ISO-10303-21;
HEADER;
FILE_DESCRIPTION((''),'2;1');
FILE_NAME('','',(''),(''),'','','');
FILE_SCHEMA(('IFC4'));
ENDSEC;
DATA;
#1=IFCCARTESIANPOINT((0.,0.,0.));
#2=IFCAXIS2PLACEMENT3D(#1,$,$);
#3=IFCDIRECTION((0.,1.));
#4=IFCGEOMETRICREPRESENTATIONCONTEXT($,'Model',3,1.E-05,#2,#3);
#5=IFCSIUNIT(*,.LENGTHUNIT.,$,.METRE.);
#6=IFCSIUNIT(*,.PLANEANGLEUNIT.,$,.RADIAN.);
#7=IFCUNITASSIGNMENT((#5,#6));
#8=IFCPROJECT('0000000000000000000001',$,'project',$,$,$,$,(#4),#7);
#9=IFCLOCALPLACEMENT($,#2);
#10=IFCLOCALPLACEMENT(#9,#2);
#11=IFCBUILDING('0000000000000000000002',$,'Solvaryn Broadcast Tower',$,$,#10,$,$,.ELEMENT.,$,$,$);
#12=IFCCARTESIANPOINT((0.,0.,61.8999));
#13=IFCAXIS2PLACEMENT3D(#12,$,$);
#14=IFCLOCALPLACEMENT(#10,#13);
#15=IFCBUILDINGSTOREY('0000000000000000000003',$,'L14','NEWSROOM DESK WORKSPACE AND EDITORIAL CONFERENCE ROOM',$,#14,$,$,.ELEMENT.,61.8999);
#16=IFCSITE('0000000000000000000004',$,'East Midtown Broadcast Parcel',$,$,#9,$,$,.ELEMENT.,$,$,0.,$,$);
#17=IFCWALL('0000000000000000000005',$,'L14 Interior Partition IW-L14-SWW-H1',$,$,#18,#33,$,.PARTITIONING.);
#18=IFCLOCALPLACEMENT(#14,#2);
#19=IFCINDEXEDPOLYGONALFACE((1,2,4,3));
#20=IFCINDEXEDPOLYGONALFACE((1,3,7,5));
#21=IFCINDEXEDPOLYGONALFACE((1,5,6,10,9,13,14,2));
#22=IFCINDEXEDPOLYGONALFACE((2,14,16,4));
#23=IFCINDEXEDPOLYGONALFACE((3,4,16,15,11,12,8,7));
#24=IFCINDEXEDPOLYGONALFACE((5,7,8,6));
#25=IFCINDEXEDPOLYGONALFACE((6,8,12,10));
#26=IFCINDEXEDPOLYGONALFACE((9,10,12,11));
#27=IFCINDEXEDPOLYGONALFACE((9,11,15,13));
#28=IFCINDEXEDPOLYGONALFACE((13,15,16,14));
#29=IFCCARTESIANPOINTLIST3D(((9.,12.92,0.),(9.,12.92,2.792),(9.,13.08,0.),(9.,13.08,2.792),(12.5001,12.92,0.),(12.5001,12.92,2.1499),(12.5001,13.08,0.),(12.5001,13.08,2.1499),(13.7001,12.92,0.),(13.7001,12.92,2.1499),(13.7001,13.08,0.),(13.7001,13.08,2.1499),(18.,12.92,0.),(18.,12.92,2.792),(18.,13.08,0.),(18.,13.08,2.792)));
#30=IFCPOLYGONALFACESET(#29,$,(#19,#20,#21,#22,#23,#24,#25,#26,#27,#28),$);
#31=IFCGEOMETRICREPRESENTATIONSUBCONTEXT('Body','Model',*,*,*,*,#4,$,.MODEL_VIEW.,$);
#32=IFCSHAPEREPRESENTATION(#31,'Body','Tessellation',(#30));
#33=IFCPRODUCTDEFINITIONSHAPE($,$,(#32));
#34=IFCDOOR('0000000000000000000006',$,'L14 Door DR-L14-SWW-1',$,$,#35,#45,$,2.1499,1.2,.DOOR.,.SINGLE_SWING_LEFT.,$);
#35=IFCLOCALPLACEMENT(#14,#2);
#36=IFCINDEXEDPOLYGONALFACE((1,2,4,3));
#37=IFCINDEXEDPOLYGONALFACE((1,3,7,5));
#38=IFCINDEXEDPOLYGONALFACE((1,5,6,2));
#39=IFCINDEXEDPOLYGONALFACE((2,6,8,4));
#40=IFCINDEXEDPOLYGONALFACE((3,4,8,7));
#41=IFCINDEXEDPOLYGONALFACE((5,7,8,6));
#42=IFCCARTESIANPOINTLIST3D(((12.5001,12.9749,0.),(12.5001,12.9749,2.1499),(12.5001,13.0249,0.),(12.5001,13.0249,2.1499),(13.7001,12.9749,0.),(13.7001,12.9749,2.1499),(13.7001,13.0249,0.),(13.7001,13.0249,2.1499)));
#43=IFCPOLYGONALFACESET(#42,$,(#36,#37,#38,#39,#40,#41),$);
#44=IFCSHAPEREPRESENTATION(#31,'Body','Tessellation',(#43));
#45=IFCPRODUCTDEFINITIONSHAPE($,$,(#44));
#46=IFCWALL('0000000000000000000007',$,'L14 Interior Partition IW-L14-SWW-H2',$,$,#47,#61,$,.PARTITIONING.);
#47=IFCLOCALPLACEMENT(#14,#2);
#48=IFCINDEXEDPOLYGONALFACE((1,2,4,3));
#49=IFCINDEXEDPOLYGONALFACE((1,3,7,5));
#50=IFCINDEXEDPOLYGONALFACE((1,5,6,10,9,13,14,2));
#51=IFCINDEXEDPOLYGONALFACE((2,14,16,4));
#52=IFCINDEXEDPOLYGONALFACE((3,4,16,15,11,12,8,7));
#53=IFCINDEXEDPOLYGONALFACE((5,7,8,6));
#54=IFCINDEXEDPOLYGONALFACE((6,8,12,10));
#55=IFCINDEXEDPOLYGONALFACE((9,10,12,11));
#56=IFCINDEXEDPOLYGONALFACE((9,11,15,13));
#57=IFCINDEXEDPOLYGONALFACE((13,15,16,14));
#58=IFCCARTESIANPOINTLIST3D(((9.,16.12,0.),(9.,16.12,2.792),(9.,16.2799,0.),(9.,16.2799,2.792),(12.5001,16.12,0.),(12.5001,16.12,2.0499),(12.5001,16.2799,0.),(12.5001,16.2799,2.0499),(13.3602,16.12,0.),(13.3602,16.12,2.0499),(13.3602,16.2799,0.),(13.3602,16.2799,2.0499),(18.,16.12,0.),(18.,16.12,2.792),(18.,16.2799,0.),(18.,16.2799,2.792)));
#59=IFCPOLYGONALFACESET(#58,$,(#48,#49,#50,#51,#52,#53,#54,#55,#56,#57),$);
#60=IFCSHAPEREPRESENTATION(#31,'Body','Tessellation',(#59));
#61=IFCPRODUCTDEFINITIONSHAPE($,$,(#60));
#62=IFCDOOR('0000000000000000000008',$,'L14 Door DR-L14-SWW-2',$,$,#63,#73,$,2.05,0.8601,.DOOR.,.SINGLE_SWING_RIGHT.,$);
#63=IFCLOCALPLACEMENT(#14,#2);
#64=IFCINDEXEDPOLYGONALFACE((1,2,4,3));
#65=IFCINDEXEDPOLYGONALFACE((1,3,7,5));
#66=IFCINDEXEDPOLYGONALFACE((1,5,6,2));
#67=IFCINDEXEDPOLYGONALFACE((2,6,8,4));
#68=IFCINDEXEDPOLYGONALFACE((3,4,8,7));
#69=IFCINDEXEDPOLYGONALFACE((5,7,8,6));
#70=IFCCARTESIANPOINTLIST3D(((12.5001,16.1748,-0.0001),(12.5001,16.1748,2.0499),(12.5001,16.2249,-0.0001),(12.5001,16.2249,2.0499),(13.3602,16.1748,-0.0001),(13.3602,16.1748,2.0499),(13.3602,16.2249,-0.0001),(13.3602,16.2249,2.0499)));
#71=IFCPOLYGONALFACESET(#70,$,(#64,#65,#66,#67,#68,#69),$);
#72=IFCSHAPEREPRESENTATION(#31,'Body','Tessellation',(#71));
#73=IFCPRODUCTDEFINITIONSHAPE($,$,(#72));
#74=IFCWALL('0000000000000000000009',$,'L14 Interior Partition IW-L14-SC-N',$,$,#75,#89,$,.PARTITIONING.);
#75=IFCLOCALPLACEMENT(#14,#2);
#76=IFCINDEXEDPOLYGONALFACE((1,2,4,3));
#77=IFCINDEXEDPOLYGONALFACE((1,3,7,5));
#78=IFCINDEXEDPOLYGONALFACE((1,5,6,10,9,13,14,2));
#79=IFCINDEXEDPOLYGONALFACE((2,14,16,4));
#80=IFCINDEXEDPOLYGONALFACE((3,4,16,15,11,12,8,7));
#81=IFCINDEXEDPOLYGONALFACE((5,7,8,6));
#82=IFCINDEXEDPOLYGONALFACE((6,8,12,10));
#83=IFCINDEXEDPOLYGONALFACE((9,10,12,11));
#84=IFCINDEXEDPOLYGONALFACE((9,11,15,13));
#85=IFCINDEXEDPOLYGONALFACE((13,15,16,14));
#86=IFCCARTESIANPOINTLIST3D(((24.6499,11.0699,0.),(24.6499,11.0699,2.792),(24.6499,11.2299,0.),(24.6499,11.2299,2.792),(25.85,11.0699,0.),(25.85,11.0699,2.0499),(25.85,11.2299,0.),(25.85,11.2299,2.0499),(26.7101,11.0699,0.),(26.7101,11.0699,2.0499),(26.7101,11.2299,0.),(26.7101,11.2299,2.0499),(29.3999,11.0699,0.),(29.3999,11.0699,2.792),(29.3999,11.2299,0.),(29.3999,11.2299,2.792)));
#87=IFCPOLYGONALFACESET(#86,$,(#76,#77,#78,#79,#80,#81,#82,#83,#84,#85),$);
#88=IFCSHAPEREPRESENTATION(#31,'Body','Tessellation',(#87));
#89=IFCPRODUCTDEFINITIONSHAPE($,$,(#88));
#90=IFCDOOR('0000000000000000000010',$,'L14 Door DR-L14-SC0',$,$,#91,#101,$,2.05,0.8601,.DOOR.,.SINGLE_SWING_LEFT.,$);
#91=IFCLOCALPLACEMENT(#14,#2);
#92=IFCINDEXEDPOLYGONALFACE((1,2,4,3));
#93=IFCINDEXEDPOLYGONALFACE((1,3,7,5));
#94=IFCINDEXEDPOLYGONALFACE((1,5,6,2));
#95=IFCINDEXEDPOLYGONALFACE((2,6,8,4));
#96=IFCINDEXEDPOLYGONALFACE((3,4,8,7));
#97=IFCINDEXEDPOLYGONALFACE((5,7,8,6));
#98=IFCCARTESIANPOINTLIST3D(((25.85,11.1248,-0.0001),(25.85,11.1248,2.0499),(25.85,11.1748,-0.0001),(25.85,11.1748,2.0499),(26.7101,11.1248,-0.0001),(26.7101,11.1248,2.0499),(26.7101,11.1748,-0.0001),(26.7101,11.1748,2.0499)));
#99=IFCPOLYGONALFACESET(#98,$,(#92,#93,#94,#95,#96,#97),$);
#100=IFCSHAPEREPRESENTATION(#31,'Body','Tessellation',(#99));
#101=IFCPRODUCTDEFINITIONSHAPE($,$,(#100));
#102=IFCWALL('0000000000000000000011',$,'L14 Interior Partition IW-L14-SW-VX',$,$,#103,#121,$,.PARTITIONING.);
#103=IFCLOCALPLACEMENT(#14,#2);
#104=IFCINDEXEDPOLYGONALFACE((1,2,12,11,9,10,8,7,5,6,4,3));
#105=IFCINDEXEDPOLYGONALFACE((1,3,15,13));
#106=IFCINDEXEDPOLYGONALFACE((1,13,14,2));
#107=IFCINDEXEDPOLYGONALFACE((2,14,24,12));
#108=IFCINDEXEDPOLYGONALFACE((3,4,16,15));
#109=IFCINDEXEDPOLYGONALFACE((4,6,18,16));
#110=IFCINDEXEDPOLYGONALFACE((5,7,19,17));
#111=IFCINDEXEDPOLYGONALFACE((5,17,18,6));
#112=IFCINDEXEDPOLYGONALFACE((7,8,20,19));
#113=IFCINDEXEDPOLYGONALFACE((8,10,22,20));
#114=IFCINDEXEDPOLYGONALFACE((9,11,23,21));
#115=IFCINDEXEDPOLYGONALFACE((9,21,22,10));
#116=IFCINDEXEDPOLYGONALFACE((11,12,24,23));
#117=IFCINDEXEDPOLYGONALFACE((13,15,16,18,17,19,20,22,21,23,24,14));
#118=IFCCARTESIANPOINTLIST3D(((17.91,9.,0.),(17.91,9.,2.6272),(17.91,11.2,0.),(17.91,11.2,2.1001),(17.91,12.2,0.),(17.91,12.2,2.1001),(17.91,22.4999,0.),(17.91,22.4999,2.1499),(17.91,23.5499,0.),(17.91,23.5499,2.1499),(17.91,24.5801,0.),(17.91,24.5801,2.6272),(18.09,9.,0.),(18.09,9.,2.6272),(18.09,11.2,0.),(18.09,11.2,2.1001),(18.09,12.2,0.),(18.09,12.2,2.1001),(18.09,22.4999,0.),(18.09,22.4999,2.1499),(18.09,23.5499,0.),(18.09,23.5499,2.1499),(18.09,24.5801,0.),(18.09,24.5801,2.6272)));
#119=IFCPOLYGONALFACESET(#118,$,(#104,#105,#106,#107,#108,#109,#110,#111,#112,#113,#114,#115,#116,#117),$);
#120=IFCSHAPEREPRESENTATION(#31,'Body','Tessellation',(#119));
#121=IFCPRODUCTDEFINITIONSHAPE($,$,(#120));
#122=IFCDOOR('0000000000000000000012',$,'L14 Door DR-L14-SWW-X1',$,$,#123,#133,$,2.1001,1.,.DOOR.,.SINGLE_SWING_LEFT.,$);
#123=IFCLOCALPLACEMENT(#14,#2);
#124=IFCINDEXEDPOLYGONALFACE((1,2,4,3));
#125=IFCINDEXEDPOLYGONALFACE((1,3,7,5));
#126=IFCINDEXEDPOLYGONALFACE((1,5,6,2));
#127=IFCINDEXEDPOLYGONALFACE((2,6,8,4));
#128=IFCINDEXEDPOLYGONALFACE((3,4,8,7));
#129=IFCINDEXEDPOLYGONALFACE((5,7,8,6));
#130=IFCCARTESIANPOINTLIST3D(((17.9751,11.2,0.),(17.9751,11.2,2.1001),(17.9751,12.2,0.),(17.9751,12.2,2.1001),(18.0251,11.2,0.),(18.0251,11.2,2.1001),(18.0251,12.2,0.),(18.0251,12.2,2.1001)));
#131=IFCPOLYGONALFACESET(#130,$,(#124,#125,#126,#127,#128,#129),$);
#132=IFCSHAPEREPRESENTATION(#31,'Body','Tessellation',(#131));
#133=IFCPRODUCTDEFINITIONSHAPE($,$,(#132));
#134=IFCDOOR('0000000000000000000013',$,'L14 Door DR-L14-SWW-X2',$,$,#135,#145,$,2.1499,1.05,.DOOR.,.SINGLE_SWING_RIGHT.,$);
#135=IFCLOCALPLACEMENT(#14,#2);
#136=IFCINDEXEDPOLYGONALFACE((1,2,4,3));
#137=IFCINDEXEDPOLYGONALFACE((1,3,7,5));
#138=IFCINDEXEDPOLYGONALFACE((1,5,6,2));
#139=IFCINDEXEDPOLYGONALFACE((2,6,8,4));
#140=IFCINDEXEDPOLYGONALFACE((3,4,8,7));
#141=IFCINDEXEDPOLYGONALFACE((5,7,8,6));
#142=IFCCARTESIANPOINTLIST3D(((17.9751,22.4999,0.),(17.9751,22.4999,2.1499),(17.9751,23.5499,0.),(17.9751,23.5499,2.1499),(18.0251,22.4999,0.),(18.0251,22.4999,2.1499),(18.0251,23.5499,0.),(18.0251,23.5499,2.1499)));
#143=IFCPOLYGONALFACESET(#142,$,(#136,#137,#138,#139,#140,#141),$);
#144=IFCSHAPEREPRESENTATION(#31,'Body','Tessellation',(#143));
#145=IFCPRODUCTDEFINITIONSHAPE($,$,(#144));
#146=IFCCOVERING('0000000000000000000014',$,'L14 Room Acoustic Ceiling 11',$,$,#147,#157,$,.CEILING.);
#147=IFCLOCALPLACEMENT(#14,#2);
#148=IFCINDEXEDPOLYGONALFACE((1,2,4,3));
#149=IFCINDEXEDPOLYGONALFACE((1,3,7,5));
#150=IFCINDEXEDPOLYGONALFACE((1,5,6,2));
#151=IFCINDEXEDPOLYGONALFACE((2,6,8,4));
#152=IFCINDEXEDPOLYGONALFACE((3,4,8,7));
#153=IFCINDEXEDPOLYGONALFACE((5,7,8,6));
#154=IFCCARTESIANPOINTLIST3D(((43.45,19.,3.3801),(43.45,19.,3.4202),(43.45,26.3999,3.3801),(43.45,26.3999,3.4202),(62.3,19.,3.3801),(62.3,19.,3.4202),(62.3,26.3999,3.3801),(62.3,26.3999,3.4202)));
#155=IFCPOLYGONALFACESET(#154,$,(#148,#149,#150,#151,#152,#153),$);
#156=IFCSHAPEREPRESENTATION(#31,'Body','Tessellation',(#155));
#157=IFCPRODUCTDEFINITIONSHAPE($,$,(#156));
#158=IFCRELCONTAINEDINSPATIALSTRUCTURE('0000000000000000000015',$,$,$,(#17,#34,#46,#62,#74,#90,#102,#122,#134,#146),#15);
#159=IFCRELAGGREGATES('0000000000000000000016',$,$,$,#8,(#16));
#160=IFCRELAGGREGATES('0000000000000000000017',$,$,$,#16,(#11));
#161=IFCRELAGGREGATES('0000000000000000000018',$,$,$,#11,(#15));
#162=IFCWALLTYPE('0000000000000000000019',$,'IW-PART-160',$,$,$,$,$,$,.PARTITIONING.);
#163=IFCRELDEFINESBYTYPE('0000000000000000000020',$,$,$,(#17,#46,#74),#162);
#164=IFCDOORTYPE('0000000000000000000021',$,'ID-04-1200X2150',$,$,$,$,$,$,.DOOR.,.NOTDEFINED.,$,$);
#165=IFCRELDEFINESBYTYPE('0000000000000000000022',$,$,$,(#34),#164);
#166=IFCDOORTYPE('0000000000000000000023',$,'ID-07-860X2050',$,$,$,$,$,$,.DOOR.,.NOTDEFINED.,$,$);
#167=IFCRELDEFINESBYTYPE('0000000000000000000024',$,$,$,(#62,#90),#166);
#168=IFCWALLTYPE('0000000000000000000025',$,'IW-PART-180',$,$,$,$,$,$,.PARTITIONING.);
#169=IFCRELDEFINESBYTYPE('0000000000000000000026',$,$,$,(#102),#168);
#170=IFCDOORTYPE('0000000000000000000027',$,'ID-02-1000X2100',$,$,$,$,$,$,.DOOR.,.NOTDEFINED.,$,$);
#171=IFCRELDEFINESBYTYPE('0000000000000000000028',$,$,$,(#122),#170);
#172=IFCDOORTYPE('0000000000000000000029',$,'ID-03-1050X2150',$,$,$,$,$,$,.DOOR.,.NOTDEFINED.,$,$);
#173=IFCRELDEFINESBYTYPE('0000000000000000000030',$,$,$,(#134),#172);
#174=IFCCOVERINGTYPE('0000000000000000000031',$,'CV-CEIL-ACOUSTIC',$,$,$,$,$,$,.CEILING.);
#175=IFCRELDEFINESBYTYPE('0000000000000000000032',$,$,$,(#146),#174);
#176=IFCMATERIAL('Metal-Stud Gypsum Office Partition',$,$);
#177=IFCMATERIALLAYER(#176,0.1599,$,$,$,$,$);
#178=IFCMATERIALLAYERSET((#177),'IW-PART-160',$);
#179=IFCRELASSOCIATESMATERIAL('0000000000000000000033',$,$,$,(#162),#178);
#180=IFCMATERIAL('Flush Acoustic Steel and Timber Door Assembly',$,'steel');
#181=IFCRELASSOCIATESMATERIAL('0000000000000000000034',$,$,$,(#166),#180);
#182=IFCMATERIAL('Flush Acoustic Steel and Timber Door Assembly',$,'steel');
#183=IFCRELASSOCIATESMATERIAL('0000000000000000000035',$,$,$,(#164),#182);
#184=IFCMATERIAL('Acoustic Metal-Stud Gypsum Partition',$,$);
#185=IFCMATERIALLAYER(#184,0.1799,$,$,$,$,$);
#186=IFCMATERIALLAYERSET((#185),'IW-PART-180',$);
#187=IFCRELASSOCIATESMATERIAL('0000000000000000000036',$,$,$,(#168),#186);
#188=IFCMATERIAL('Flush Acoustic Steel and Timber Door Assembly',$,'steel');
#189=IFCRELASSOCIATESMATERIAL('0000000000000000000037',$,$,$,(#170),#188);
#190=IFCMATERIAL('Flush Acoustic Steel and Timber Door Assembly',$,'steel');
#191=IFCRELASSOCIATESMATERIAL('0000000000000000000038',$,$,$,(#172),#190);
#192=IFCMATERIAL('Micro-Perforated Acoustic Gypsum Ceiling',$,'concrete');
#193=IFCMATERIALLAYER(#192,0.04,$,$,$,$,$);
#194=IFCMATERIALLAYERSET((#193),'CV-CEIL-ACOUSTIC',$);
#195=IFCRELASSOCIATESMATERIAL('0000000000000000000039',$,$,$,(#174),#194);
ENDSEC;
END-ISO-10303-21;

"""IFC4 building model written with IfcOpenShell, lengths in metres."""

from ifc_helpers import new_model, si_unit, direction, frame, frame_2d, origin, place, context, subcontext, project, spatial, polyline, rectangle, outline, extrude, material, layer, layer_set, type_object, element, fill, save


model = new_model("IFC4")

# Units and contexts
model_context = context("Model", 3, precision=1e-05, world=origin(), true_north=direction((0.0, 1.0)))
body_context = subcontext(model_context, "Body", "Model", "MODEL_VIEW")
ifc_project = project(units=[si_unit("LENGTHUNIT", "METRE"), si_unit("PLANEANGLEUNIT", "RADIAN")], contexts=[model_context])

# Site, building, storey
site_placement = place(None, origin())
site = spatial("IfcSite", under=ifc_project, at=site_placement, Name="East Midtown Broadcast Parcel", CompositionType="ELEMENT", RefElevation=0.0)
building_placement = place(site_placement, origin())
building = spatial("IfcBuilding", under=site, at=building_placement, Name="Solvaryn Broadcast Tower", CompositionType="ELEMENT")
storey_placement = place(building_placement, frame((0.0, 0.0, 61.8999)))
storey = spatial("IfcBuildingStorey", under=building, at=storey_placement, Name="L14", Description="NEWSROOM DESK WORKSPACE AND EDITORIAL CONFERENCE ROOM", CompositionType="ELEMENT", Elevation=61.8999)

# Shared definitions
ifc_material_1 = material(Name="Metal-Stud Gypsum Office Partition")
ifc_layer_1 = layer(ifc_material_1, 0.1599)
ifc_layer_set_1 = layer_set([ifc_layer_1], Name="IW-PART-160")
wall_type_1 = type_object("IfcWallType", Name="IW-PART-160", PredefinedType="PARTITIONING", material=ifc_layer_set_1)
ifc_material_2 = material(Name="Flush Acoustic Steel and Timber Door Assembly", Category="steel")
door_type_1 = type_object("IfcDoorType", Name="ID-07-860X2050", OperationType="NOTDEFINED", PredefinedType="DOOR", material=ifc_material_2)

# Walls, openings, doors
wall_1_placement = place(storey_placement, frame((9.0, 13.0, 0.0), z_axis=(0.0, 0.0, 1.0), x_axis=(1.0, 0.0, 0.0)))
wall_1 = element("IfcWall", 1, at=wall_1_placement, inside=storey, type_object=wall_type_1, Name="L14 Interior Partition IW-L14-SWW-H1", PredefinedType="PARTITIONING", context=body_context, shape_type="SweptSolid", body=[
    extrude(rectangle(XDim=9.0, YDim=0.1599, at=frame_2d((4.5, 0.0))), origin(), (0.0, 0.0, 1.0), 2.792),
])
opening_1_placement = place(wall_1_placement, frame((3.5, 0.0, 0.0)))
opening_1 = element("IfcOpeningElement", 2, at=opening_1_placement, cuts=wall_1, PredefinedType="OPENING", context=body_context, shape_type="SweptSolid", body=[
    extrude(rectangle(XDim=1.2, YDim=2.1499, at=frame_2d((0.6001, 1.075))), frame((0.0, 0.0901, 0.0), z_axis=(0.0, -1.0, 0.0), x_axis=(1.0, 0.0, 0.0)), (0.0, 0.0, 1.0), 0.1799),
])
ifc_material_3 = material(Name="Flush Acoustic Steel and Timber Door Assembly", Category="steel")
door_type_2 = type_object("IfcDoorType", Name="ID-04-1200X2150", OperationType="NOTDEFINED", PredefinedType="DOOR", material=ifc_material_3)
door_1_placement = place(opening_1_placement, origin())
door_1 = element("IfcDoor", 3, at=door_1_placement, inside=storey, type_object=door_type_2, Name="L14 Door DR-L14-SWW-1", OperationType="SINGLE_SWING_LEFT", OverallHeight=2.1499, OverallWidth=1.2, PredefinedType="DOOR", context=body_context, shape_type="SweptSolid", body=[
    extrude(rectangle(XDim=1.2, YDim=2.1499, at=frame_2d((0.6001, 1.075))), frame((0.0, 0.0249, 0.0), z_axis=(0.0, -1.0, 0.0), x_axis=(1.0, 0.0, 0.0)), (0.0, 0.0, 1.0), 0.05),
])
fill(opening_1, door_1)
wall_2_placement = place(storey_placement, frame((9.0, 16.2, 0.0), z_axis=(0.0, 0.0, 1.0), x_axis=(1.0, 0.0, 0.0)))
wall_2 = element("IfcWall", 4, at=wall_2_placement, inside=storey, type_object=wall_type_1, Name="L14 Interior Partition IW-L14-SWW-H2", PredefinedType="PARTITIONING", context=body_context, shape_type="SweptSolid", body=[
    extrude(rectangle(XDim=9.0, YDim=0.1599, at=frame_2d((4.5, 0.0))), origin(), (0.0, 0.0, 1.0), 2.792),
])
opening_2_placement = place(wall_2_placement, frame((3.5, 0.0, 0.0)))
opening_2 = element("IfcOpeningElement", 5, at=opening_2_placement, cuts=wall_2, PredefinedType="OPENING", context=body_context, shape_type="SweptSolid", body=[
    extrude(rectangle(XDim=0.8601, YDim=2.05, at=frame_2d((0.4302, 1.0249))), frame((0.0, 0.0901, 0.0), z_axis=(0.0, -1.0, 0.0), x_axis=(1.0, 0.0, 0.0)), (0.0, 0.0, 1.0), 0.1799),
])
door_2_placement = place(opening_2_placement, origin())
door_2 = element("IfcDoor", 6, at=door_2_placement, inside=storey, type_object=door_type_1, Name="L14 Door DR-L14-SWW-2", OperationType="SINGLE_SWING_RIGHT", OverallHeight=2.05, OverallWidth=0.8601, PredefinedType="DOOR", context=body_context, shape_type="SweptSolid", body=[
    extrude(rectangle(XDim=0.8601, YDim=2.05, at=frame_2d((0.4302, 1.0249))), frame((0.0, 0.0249, 0.0), z_axis=(0.0, -1.0, 0.0), x_axis=(1.0, 0.0, 0.0)), (0.0, 0.0, 1.0), 0.05),
])
fill(opening_2, door_2)
wall_3_placement = place(storey_placement, frame((24.6499, 11.1499, 0.0), z_axis=(0.0, 0.0, 1.0), x_axis=(1.0, 0.0, 0.0)))
wall_3 = element("IfcWall", 7, at=wall_3_placement, inside=storey, type_object=wall_type_1, Name="L14 Interior Partition IW-L14-SC-N", PredefinedType="PARTITIONING", context=body_context, shape_type="SweptSolid", body=[
    extrude(rectangle(XDim=4.75, YDim=0.1599, at=frame_2d((2.375, 0.0))), origin(), (0.0, 0.0, 1.0), 2.792),
])
opening_3_placement = place(wall_3_placement, frame((1.2, 0.0, 0.0)))
opening_3 = element("IfcOpeningElement", 8, at=opening_3_placement, cuts=wall_3, PredefinedType="OPENING", context=body_context, shape_type="SweptSolid", body=[
    extrude(rectangle(XDim=0.8601, YDim=2.05, at=frame_2d((0.4302, 1.0249))), frame((0.0, 0.0901, 0.0), z_axis=(0.0, -1.0, 0.0), x_axis=(1.0, 0.0, 0.0)), (0.0, 0.0, 1.0), 0.1799),
])
door_3_placement = place(opening_3_placement, origin())
door_3 = element("IfcDoor", 9, at=door_3_placement, inside=storey, type_object=door_type_1, Name="L14 Door DR-L14-SC0", OperationType="SINGLE_SWING_LEFT", OverallHeight=2.05, OverallWidth=0.8601, PredefinedType="DOOR", context=body_context, shape_type="SweptSolid", body=[
    extrude(rectangle(XDim=0.8601, YDim=2.05, at=frame_2d((0.4302, 1.0249))), frame((0.0, 0.0249, 0.0), z_axis=(0.0, -1.0, 0.0), x_axis=(1.0, 0.0, 0.0)), (0.0, 0.0, 1.0), 0.05),
])
fill(opening_3, door_3)

# Wall, openings, doors
ifc_material_4 = material(Name="Acoustic Metal-Stud Gypsum Partition")
ifc_layer_2 = layer(ifc_material_4, 0.1799)
ifc_layer_set_2 = layer_set([ifc_layer_2], Name="IW-PART-180")
wall_type_2 = type_object("IfcWallType", Name="IW-PART-180", PredefinedType="PARTITIONING", material=ifc_layer_set_2)
wall_4_placement = place(storey_placement, frame((18.0, 9.0, 0.0), z_axis=(0.0, 0.0, 1.0), x_axis=(0.0, 1.0, 0.0)))
wall_4 = element("IfcWall", 10, at=wall_4_placement, inside=storey, type_object=wall_type_2, Name="L14 Interior Partition IW-L14-SW-VX", PredefinedType="PARTITIONING", context=body_context, shape_type="SweptSolid", body=[
    extrude(rectangle(XDim=15.5801, YDim=0.1799, at=frame_2d((7.79, 0.0))), origin(), (0.0, 0.0, 1.0), 2.6272),
])
opening_4_placement = place(wall_4_placement, frame((2.2, 0.0, 0.0)))
opening_4 = element("IfcOpeningElement", 11, at=opening_4_placement, cuts=wall_4, PredefinedType="OPENING", context=body_context, shape_type="SweptSolid", body=[
    extrude(rectangle(XDim=1.0, YDim=2.1001, at=frame_2d((0.5, 1.05))), frame((0.0, 0.0999, 0.0), z_axis=(0.0, -1.0, 0.0), x_axis=(1.0, 0.0, 0.0)), (0.0, 0.0, 1.0), 0.2),
])
opening_5_placement = place(wall_4_placement, frame((13.5, 0.0, 0.0)))
opening_5 = element("IfcOpeningElement", 12, at=opening_5_placement, cuts=wall_4, PredefinedType="OPENING", context=body_context, shape_type="SweptSolid", body=[
    extrude(rectangle(XDim=1.05, YDim=2.1499, at=frame_2d((0.5249, 1.075))), frame((0.0, 0.0999, 0.0), z_axis=(0.0, -1.0, 0.0), x_axis=(1.0, 0.0, 0.0)), (0.0, 0.0, 1.0), 0.2),
])
ifc_material_5 = material(Name="Flush Acoustic Steel and Timber Door Assembly", Category="steel")
door_type_3 = type_object("IfcDoorType", Name="ID-02-1000X2100", OperationType="NOTDEFINED", PredefinedType="DOOR", material=ifc_material_5)
door_4_placement = place(opening_4_placement, origin())
door_4 = element("IfcDoor", 13, at=door_4_placement, inside=storey, type_object=door_type_3, Name="L14 Door DR-L14-SWW-X1", OperationType="SINGLE_SWING_LEFT", OverallHeight=2.1001, OverallWidth=1.0, PredefinedType="DOOR", context=body_context, shape_type="SweptSolid", body=[
    extrude(rectangle(XDim=1.0, YDim=2.1001, at=frame_2d((0.5, 1.05))), frame((0.0, 0.0249, 0.0), z_axis=(0.0, -1.0, 0.0), x_axis=(1.0, 0.0, 0.0)), (0.0, 0.0, 1.0), 0.05),
])
fill(opening_4, door_4)
ifc_material_6 = material(Name="Flush Acoustic Steel and Timber Door Assembly", Category="steel")
door_type_4 = type_object("IfcDoorType", Name="ID-03-1050X2150", OperationType="NOTDEFINED", PredefinedType="DOOR", material=ifc_material_6)
door_5_placement = place(opening_5_placement, origin())
door_5 = element("IfcDoor", 14, at=door_5_placement, inside=storey, type_object=door_type_4, Name="L14 Door DR-L14-SWW-X2", OperationType="SINGLE_SWING_RIGHT", OverallHeight=2.1499, OverallWidth=1.05, PredefinedType="DOOR", context=body_context, shape_type="SweptSolid", body=[
    extrude(rectangle(XDim=1.05, YDim=2.1499, at=frame_2d((0.5249, 1.075))), frame((0.0, 0.0249, 0.0), z_axis=(0.0, -1.0, 0.0), x_axis=(1.0, 0.0, 0.0)), (0.0, 0.0, 1.0), 0.05),
])
fill(opening_5, door_5)

# Covering
ifc_material_7 = material(Name="Micro-Perforated Acoustic Gypsum Ceiling", Category="concrete")
ifc_layer_3 = layer(ifc_material_7, 0.04)
ifc_layer_set_3 = layer_set([ifc_layer_3], Name="CV-CEIL-ACOUSTIC")
covering_type_1 = type_object("IfcCoveringType", Name="CV-CEIL-ACOUSTIC", PredefinedType="CEILING", material=ifc_layer_set_3)
covering_1_placement = place(storey_placement, frame((0.0, 0.0, 3.3801)))
element("IfcCovering", 15, at=covering_1_placement, inside=storey, type_object=covering_type_1, Name="L14 Room Acoustic Ceiling 11", PredefinedType="CEILING", context=body_context, shape_type="SweptSolid", body=[
    extrude(outline(polyline([(43.45, 19.0), (62.3, 19.0), (62.3, 26.3999), (43.45, 26.3999), (43.45, 19.0)])), origin(), (0.0, 0.0, 1.0), 0.04),
])

save(model, "model.ifc")
